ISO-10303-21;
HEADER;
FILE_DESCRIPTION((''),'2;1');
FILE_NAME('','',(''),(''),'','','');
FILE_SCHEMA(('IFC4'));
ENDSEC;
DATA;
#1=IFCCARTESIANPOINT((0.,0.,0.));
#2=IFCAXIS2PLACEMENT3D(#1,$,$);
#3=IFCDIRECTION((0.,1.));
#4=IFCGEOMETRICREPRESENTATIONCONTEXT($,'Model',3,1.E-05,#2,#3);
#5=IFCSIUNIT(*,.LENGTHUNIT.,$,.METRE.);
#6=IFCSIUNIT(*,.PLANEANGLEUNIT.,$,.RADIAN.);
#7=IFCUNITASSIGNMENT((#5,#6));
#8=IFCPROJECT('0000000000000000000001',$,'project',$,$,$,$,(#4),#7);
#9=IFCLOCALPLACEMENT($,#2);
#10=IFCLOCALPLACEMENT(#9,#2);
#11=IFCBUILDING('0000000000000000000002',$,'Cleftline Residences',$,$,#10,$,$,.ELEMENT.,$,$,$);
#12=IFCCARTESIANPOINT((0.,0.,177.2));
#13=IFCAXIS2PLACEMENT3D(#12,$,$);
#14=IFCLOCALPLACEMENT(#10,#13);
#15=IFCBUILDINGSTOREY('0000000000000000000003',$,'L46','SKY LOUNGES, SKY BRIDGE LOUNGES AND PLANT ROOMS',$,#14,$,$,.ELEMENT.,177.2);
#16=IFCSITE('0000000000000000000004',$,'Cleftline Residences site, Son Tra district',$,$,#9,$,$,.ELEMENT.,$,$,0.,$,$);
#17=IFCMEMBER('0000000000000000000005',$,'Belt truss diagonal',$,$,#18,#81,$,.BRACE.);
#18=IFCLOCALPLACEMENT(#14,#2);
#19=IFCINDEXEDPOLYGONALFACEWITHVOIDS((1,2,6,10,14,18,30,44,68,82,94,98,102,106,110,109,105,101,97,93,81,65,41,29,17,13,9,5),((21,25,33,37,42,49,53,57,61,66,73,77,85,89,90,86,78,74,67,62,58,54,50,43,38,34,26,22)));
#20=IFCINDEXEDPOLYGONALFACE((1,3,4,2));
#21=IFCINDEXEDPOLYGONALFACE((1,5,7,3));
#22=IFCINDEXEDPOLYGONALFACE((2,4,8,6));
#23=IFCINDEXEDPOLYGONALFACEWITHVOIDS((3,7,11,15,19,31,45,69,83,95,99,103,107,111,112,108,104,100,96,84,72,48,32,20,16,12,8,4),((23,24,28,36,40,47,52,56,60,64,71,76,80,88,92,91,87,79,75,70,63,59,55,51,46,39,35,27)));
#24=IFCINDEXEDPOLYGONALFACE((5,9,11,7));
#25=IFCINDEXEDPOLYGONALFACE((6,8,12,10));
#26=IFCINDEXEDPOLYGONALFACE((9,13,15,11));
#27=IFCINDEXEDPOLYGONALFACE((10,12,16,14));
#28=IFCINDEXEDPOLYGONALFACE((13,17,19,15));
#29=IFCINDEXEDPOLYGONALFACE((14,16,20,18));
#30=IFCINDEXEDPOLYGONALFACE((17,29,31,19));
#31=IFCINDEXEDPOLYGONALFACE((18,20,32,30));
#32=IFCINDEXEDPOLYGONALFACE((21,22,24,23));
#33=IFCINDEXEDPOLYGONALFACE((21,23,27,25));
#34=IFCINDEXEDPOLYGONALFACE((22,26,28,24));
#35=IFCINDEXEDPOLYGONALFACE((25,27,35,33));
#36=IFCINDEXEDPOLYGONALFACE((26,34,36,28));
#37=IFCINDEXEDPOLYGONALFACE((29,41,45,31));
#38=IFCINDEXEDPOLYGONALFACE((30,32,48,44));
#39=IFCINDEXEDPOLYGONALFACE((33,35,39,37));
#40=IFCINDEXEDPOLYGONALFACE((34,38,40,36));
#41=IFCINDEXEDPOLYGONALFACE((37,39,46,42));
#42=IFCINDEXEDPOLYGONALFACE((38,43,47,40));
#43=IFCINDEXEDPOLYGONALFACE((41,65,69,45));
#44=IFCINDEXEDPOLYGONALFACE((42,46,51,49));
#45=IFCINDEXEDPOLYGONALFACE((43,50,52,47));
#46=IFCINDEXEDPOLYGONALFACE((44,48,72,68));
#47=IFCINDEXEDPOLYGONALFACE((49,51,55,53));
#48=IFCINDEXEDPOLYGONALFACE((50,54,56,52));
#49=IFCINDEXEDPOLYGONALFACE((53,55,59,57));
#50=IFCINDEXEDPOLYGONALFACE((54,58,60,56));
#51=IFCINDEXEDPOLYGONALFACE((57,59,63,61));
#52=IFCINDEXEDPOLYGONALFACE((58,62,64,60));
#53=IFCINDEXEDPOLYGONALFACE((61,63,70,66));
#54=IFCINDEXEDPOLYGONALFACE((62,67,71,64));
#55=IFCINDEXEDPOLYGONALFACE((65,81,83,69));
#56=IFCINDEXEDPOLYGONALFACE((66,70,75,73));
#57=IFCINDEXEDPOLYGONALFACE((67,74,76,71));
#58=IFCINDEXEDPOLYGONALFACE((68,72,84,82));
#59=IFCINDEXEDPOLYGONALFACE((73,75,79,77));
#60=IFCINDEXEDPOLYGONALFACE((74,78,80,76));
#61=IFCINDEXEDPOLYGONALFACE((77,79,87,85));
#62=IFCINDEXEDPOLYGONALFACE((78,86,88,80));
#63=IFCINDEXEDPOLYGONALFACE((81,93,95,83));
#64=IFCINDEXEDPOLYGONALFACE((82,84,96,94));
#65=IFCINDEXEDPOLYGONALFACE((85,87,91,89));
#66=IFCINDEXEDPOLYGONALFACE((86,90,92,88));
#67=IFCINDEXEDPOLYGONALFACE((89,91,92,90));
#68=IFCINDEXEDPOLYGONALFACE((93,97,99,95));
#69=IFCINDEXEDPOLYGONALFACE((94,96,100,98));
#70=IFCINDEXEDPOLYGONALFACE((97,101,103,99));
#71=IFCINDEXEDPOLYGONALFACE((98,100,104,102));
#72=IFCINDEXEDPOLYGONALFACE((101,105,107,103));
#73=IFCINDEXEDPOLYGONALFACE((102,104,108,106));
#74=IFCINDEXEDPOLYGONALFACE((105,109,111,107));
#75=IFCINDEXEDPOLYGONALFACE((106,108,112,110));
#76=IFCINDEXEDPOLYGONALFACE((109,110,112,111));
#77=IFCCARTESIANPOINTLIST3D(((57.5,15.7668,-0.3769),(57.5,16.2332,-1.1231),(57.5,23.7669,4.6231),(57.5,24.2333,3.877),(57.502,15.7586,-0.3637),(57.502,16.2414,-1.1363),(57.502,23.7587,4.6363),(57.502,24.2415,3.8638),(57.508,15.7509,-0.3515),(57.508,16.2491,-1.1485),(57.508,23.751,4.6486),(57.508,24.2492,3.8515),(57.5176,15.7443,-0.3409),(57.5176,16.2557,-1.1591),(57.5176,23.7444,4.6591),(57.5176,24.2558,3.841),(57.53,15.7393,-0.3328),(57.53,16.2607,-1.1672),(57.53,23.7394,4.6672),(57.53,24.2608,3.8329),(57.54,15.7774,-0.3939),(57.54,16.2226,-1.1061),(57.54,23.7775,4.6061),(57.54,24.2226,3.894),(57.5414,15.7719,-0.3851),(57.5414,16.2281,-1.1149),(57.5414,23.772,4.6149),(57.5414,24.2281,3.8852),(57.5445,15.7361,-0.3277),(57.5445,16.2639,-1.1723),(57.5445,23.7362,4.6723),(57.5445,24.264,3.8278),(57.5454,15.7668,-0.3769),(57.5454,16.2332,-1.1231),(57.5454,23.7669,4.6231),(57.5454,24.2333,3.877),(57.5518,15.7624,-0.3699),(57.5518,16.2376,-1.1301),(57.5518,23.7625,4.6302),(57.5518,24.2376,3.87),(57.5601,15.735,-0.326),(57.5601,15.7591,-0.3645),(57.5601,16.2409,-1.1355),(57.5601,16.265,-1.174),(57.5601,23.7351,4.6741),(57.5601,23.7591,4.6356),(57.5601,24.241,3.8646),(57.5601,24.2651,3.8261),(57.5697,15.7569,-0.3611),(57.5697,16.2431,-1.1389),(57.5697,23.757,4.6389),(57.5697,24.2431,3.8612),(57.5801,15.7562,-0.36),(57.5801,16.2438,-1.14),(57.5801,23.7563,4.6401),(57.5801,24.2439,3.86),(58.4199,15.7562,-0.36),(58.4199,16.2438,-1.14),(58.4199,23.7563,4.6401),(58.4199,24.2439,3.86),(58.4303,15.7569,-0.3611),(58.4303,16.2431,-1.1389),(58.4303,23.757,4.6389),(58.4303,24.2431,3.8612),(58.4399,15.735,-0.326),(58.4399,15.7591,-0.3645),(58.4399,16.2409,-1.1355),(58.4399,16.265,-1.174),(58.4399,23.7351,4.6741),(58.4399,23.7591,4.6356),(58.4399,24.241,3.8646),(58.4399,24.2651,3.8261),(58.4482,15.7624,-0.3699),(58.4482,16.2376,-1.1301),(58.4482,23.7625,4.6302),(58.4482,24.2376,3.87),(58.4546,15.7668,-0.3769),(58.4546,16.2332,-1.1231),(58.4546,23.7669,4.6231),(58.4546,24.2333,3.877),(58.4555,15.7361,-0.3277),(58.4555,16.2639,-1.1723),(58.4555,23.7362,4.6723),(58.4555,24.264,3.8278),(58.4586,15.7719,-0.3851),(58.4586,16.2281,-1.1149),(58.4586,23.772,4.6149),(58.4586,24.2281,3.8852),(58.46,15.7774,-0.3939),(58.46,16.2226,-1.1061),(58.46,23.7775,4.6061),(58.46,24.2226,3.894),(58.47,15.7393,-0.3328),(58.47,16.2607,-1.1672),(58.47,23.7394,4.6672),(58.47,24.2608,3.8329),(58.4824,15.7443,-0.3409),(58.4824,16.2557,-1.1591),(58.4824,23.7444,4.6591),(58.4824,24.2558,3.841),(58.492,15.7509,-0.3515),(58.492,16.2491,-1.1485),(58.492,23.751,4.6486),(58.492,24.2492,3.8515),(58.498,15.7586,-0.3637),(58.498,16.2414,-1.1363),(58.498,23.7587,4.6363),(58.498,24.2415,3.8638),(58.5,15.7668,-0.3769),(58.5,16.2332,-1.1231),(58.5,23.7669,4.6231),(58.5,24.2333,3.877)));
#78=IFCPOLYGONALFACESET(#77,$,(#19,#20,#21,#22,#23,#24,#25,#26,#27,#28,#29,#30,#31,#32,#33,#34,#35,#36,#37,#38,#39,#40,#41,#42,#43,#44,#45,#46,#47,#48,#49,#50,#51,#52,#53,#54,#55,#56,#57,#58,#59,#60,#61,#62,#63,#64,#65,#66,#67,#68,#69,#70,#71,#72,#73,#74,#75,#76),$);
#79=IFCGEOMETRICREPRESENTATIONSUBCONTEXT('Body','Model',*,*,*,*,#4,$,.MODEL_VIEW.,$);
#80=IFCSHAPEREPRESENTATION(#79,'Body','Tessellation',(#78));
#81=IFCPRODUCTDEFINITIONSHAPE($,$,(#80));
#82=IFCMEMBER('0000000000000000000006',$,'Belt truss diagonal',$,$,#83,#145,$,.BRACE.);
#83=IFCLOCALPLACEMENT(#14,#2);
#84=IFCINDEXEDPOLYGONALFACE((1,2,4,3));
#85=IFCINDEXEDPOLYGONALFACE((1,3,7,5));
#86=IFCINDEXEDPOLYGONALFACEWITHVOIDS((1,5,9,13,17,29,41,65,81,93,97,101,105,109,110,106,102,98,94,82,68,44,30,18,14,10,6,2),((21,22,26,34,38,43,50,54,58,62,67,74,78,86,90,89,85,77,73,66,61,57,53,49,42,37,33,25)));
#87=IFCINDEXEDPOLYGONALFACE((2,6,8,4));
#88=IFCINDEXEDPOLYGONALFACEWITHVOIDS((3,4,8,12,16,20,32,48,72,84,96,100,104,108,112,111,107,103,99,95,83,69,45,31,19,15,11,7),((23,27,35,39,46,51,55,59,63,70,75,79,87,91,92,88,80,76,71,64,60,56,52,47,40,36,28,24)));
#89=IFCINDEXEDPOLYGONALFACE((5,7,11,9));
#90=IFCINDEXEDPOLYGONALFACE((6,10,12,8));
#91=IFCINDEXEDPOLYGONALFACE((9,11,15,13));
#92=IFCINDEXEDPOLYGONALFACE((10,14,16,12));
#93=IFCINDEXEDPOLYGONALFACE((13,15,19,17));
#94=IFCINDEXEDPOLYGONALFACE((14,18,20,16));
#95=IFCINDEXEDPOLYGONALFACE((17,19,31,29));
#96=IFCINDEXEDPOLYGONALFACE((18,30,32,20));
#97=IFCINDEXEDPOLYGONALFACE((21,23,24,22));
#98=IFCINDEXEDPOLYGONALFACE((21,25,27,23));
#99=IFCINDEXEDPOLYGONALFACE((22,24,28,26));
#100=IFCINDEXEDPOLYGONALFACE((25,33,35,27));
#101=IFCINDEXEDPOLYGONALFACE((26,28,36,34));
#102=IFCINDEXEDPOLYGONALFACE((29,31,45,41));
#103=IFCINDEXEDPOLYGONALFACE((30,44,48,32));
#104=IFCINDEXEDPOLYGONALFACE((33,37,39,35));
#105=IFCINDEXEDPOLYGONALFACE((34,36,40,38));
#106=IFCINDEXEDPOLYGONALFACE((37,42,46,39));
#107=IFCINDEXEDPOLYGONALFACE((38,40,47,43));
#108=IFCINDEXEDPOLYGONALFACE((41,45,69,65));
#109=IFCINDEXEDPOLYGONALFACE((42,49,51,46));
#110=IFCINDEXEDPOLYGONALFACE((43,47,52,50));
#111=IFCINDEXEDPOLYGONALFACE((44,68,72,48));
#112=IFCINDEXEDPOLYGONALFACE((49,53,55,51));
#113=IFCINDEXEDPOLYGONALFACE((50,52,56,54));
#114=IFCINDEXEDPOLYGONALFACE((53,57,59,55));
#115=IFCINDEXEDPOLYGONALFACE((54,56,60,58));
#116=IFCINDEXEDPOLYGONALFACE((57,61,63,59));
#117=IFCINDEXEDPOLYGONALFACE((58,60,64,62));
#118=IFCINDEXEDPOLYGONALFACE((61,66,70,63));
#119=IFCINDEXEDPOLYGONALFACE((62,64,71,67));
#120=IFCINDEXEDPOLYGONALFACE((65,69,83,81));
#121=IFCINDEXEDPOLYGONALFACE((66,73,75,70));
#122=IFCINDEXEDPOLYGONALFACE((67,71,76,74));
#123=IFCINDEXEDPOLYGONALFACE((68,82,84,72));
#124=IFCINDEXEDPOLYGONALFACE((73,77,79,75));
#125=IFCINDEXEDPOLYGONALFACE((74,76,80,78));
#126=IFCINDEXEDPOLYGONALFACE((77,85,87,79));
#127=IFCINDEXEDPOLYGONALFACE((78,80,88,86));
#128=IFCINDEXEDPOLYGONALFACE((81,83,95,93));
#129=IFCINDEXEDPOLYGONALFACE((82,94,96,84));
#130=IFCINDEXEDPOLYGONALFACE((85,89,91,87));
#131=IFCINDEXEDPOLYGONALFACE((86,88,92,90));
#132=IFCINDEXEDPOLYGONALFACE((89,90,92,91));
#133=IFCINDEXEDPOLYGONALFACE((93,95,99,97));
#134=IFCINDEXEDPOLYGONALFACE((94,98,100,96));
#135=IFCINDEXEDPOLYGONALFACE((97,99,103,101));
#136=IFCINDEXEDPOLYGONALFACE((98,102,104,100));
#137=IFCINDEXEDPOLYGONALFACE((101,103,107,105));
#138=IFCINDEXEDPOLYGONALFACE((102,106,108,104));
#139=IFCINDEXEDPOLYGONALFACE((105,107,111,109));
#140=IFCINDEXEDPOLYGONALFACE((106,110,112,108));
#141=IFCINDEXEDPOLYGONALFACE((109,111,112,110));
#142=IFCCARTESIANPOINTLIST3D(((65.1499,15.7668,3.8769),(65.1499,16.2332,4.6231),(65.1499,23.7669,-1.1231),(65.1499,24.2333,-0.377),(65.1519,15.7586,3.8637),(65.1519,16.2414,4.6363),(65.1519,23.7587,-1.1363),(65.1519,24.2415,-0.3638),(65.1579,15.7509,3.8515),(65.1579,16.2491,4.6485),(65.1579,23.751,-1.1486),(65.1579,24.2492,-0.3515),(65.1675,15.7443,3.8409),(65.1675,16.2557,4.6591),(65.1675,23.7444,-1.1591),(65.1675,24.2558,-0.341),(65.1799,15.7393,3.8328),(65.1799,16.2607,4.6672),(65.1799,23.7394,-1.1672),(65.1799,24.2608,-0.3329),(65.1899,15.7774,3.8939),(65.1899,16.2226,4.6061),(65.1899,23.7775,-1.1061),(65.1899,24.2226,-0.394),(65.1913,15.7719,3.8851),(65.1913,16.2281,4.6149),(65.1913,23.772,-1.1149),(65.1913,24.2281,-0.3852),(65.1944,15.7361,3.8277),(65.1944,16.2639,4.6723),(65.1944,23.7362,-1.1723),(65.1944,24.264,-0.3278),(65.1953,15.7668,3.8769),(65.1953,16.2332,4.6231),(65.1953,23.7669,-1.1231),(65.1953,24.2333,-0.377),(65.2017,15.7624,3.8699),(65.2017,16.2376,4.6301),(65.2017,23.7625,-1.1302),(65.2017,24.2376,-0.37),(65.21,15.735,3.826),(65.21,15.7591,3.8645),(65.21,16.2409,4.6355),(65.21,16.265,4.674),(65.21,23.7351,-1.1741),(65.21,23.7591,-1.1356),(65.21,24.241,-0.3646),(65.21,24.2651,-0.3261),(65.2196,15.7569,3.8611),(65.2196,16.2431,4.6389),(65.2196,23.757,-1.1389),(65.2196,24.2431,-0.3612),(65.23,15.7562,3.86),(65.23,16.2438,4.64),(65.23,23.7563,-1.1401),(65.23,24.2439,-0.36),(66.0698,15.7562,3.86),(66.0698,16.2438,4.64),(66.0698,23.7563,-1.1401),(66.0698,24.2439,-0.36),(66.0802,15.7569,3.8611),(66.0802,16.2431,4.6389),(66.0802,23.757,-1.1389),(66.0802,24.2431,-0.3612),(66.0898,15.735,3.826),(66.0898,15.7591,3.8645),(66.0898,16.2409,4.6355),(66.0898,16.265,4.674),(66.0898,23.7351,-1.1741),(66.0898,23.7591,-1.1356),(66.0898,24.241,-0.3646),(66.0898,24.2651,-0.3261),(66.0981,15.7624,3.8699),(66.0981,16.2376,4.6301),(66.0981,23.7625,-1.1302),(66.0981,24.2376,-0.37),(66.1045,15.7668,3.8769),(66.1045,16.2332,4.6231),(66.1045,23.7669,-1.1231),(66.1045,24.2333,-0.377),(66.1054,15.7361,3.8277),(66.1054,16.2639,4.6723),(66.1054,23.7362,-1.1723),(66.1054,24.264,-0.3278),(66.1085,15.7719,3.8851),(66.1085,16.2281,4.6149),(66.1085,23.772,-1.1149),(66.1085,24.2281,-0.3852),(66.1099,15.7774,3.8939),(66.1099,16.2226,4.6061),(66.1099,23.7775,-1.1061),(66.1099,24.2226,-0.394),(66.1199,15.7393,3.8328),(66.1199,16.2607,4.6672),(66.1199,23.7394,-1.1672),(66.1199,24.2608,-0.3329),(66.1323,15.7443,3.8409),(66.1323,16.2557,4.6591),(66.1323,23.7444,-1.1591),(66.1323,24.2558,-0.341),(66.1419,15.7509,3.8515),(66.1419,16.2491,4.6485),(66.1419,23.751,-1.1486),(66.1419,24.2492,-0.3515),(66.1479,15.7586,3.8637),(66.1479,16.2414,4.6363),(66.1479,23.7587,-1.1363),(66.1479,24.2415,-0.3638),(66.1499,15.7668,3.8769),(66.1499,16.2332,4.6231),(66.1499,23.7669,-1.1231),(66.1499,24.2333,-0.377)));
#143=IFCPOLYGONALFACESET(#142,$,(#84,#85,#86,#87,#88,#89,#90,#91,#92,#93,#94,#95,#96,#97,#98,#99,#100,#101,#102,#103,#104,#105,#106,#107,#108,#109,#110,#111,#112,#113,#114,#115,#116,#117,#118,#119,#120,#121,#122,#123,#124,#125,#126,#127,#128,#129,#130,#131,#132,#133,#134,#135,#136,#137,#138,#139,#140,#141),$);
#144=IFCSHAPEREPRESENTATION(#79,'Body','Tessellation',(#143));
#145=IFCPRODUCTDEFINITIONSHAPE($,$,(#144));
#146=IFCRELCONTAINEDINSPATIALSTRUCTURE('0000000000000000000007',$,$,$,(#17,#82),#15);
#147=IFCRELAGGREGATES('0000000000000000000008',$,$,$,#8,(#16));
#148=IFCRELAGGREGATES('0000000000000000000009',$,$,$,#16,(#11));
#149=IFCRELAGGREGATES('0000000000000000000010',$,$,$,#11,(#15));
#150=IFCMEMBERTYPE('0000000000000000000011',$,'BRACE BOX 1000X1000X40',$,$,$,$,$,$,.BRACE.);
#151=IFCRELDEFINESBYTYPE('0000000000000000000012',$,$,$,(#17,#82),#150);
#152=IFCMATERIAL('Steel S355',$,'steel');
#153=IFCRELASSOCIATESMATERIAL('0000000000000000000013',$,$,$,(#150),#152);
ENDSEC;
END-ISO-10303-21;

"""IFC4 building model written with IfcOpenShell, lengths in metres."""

from ifc_helpers import new_model, si_unit, direction, frame, origin, origin_2d, place, context, subcontext, project, spatial, hollow_rectangle, extrude, material, material_profile, profile_set, type_object, element, save


model = new_model("IFC4")

# Units and contexts
model_context = context("Model", 3, precision=1e-05, world=origin(), true_north=direction((0.0, 1.0)))
body_context = subcontext(model_context, "Body", "Model", "MODEL_VIEW")
ifc_project = project(units=[si_unit("LENGTHUNIT", "METRE"), si_unit("PLANEANGLEUNIT", "RADIAN")], contexts=[model_context])

# Site, building, storey
site_placement = place(None, origin())
site = spatial("IfcSite", under=ifc_project, at=site_placement, Name="Cleftline Residences site, Son Tra district", CompositionType="ELEMENT", RefElevation=0.0)
building_placement = place(site_placement, origin())
building = spatial("IfcBuilding", under=site, at=building_placement, Name="Cleftline Residences", CompositionType="ELEMENT")
storey_placement = place(building_placement, frame((0.0, 0.0, 177.2)))
storey = spatial("IfcBuildingStorey", under=building, at=storey_placement, Name="L46", Description="SKY LOUNGES, SKY BRIDGE LOUNGES AND PLANT ROOMS", CompositionType="ELEMENT", Elevation=177.2)

# Members
ifc_material_1 = material(Name="Steel S355", Category="steel")
ifc_material_profile_1 = material_profile(ifc_material_1, hollow_rectangle(XDim=1.0, YDim=1.0, WallThickness=0.04, InnerFilletRadius=0.04, OuterFilletRadius=0.0601, at=origin_2d()))
ifc_profile_set_1 = profile_set([ifc_material_profile_1], Name="Steel S355")
member_type_1 = type_object("IfcMemberType", Name="BRACE BOX 1000X1000X40", PredefinedType="BRACE", material=ifc_profile_set_1)
for number, where, z_axis, x_axis, name in (
    (1, (58.0, 16.0, -0.75), (0.0, 0.847998, 0.529999), (0.0, -0.529999, 0.847998), "Belt truss diagonal"),
    (2, (65.6499, 16.0, 4.25), (0.0, 0.847998, -0.529999), (0.0, 0.529999, 0.847998), "Belt truss diagonal"),
):
    element("IfcMember", number, at=place(storey_placement, frame(where, z_axis=z_axis, x_axis=x_axis)), inside=storey, type_object=member_type_1, Name=name, PredefinedType="BRACE", context=body_context, shape_type="SweptSolid", body=[
        extrude(hollow_rectangle(XDim=1.0, YDim=1.0, WallThickness=0.04, InnerFilletRadius=0.04, OuterFilletRadius=0.0601, at=origin_2d()), origin(), (0.0, 0.0, 1.0), 9.4341),
    ])

save(model, "model.ifc")
